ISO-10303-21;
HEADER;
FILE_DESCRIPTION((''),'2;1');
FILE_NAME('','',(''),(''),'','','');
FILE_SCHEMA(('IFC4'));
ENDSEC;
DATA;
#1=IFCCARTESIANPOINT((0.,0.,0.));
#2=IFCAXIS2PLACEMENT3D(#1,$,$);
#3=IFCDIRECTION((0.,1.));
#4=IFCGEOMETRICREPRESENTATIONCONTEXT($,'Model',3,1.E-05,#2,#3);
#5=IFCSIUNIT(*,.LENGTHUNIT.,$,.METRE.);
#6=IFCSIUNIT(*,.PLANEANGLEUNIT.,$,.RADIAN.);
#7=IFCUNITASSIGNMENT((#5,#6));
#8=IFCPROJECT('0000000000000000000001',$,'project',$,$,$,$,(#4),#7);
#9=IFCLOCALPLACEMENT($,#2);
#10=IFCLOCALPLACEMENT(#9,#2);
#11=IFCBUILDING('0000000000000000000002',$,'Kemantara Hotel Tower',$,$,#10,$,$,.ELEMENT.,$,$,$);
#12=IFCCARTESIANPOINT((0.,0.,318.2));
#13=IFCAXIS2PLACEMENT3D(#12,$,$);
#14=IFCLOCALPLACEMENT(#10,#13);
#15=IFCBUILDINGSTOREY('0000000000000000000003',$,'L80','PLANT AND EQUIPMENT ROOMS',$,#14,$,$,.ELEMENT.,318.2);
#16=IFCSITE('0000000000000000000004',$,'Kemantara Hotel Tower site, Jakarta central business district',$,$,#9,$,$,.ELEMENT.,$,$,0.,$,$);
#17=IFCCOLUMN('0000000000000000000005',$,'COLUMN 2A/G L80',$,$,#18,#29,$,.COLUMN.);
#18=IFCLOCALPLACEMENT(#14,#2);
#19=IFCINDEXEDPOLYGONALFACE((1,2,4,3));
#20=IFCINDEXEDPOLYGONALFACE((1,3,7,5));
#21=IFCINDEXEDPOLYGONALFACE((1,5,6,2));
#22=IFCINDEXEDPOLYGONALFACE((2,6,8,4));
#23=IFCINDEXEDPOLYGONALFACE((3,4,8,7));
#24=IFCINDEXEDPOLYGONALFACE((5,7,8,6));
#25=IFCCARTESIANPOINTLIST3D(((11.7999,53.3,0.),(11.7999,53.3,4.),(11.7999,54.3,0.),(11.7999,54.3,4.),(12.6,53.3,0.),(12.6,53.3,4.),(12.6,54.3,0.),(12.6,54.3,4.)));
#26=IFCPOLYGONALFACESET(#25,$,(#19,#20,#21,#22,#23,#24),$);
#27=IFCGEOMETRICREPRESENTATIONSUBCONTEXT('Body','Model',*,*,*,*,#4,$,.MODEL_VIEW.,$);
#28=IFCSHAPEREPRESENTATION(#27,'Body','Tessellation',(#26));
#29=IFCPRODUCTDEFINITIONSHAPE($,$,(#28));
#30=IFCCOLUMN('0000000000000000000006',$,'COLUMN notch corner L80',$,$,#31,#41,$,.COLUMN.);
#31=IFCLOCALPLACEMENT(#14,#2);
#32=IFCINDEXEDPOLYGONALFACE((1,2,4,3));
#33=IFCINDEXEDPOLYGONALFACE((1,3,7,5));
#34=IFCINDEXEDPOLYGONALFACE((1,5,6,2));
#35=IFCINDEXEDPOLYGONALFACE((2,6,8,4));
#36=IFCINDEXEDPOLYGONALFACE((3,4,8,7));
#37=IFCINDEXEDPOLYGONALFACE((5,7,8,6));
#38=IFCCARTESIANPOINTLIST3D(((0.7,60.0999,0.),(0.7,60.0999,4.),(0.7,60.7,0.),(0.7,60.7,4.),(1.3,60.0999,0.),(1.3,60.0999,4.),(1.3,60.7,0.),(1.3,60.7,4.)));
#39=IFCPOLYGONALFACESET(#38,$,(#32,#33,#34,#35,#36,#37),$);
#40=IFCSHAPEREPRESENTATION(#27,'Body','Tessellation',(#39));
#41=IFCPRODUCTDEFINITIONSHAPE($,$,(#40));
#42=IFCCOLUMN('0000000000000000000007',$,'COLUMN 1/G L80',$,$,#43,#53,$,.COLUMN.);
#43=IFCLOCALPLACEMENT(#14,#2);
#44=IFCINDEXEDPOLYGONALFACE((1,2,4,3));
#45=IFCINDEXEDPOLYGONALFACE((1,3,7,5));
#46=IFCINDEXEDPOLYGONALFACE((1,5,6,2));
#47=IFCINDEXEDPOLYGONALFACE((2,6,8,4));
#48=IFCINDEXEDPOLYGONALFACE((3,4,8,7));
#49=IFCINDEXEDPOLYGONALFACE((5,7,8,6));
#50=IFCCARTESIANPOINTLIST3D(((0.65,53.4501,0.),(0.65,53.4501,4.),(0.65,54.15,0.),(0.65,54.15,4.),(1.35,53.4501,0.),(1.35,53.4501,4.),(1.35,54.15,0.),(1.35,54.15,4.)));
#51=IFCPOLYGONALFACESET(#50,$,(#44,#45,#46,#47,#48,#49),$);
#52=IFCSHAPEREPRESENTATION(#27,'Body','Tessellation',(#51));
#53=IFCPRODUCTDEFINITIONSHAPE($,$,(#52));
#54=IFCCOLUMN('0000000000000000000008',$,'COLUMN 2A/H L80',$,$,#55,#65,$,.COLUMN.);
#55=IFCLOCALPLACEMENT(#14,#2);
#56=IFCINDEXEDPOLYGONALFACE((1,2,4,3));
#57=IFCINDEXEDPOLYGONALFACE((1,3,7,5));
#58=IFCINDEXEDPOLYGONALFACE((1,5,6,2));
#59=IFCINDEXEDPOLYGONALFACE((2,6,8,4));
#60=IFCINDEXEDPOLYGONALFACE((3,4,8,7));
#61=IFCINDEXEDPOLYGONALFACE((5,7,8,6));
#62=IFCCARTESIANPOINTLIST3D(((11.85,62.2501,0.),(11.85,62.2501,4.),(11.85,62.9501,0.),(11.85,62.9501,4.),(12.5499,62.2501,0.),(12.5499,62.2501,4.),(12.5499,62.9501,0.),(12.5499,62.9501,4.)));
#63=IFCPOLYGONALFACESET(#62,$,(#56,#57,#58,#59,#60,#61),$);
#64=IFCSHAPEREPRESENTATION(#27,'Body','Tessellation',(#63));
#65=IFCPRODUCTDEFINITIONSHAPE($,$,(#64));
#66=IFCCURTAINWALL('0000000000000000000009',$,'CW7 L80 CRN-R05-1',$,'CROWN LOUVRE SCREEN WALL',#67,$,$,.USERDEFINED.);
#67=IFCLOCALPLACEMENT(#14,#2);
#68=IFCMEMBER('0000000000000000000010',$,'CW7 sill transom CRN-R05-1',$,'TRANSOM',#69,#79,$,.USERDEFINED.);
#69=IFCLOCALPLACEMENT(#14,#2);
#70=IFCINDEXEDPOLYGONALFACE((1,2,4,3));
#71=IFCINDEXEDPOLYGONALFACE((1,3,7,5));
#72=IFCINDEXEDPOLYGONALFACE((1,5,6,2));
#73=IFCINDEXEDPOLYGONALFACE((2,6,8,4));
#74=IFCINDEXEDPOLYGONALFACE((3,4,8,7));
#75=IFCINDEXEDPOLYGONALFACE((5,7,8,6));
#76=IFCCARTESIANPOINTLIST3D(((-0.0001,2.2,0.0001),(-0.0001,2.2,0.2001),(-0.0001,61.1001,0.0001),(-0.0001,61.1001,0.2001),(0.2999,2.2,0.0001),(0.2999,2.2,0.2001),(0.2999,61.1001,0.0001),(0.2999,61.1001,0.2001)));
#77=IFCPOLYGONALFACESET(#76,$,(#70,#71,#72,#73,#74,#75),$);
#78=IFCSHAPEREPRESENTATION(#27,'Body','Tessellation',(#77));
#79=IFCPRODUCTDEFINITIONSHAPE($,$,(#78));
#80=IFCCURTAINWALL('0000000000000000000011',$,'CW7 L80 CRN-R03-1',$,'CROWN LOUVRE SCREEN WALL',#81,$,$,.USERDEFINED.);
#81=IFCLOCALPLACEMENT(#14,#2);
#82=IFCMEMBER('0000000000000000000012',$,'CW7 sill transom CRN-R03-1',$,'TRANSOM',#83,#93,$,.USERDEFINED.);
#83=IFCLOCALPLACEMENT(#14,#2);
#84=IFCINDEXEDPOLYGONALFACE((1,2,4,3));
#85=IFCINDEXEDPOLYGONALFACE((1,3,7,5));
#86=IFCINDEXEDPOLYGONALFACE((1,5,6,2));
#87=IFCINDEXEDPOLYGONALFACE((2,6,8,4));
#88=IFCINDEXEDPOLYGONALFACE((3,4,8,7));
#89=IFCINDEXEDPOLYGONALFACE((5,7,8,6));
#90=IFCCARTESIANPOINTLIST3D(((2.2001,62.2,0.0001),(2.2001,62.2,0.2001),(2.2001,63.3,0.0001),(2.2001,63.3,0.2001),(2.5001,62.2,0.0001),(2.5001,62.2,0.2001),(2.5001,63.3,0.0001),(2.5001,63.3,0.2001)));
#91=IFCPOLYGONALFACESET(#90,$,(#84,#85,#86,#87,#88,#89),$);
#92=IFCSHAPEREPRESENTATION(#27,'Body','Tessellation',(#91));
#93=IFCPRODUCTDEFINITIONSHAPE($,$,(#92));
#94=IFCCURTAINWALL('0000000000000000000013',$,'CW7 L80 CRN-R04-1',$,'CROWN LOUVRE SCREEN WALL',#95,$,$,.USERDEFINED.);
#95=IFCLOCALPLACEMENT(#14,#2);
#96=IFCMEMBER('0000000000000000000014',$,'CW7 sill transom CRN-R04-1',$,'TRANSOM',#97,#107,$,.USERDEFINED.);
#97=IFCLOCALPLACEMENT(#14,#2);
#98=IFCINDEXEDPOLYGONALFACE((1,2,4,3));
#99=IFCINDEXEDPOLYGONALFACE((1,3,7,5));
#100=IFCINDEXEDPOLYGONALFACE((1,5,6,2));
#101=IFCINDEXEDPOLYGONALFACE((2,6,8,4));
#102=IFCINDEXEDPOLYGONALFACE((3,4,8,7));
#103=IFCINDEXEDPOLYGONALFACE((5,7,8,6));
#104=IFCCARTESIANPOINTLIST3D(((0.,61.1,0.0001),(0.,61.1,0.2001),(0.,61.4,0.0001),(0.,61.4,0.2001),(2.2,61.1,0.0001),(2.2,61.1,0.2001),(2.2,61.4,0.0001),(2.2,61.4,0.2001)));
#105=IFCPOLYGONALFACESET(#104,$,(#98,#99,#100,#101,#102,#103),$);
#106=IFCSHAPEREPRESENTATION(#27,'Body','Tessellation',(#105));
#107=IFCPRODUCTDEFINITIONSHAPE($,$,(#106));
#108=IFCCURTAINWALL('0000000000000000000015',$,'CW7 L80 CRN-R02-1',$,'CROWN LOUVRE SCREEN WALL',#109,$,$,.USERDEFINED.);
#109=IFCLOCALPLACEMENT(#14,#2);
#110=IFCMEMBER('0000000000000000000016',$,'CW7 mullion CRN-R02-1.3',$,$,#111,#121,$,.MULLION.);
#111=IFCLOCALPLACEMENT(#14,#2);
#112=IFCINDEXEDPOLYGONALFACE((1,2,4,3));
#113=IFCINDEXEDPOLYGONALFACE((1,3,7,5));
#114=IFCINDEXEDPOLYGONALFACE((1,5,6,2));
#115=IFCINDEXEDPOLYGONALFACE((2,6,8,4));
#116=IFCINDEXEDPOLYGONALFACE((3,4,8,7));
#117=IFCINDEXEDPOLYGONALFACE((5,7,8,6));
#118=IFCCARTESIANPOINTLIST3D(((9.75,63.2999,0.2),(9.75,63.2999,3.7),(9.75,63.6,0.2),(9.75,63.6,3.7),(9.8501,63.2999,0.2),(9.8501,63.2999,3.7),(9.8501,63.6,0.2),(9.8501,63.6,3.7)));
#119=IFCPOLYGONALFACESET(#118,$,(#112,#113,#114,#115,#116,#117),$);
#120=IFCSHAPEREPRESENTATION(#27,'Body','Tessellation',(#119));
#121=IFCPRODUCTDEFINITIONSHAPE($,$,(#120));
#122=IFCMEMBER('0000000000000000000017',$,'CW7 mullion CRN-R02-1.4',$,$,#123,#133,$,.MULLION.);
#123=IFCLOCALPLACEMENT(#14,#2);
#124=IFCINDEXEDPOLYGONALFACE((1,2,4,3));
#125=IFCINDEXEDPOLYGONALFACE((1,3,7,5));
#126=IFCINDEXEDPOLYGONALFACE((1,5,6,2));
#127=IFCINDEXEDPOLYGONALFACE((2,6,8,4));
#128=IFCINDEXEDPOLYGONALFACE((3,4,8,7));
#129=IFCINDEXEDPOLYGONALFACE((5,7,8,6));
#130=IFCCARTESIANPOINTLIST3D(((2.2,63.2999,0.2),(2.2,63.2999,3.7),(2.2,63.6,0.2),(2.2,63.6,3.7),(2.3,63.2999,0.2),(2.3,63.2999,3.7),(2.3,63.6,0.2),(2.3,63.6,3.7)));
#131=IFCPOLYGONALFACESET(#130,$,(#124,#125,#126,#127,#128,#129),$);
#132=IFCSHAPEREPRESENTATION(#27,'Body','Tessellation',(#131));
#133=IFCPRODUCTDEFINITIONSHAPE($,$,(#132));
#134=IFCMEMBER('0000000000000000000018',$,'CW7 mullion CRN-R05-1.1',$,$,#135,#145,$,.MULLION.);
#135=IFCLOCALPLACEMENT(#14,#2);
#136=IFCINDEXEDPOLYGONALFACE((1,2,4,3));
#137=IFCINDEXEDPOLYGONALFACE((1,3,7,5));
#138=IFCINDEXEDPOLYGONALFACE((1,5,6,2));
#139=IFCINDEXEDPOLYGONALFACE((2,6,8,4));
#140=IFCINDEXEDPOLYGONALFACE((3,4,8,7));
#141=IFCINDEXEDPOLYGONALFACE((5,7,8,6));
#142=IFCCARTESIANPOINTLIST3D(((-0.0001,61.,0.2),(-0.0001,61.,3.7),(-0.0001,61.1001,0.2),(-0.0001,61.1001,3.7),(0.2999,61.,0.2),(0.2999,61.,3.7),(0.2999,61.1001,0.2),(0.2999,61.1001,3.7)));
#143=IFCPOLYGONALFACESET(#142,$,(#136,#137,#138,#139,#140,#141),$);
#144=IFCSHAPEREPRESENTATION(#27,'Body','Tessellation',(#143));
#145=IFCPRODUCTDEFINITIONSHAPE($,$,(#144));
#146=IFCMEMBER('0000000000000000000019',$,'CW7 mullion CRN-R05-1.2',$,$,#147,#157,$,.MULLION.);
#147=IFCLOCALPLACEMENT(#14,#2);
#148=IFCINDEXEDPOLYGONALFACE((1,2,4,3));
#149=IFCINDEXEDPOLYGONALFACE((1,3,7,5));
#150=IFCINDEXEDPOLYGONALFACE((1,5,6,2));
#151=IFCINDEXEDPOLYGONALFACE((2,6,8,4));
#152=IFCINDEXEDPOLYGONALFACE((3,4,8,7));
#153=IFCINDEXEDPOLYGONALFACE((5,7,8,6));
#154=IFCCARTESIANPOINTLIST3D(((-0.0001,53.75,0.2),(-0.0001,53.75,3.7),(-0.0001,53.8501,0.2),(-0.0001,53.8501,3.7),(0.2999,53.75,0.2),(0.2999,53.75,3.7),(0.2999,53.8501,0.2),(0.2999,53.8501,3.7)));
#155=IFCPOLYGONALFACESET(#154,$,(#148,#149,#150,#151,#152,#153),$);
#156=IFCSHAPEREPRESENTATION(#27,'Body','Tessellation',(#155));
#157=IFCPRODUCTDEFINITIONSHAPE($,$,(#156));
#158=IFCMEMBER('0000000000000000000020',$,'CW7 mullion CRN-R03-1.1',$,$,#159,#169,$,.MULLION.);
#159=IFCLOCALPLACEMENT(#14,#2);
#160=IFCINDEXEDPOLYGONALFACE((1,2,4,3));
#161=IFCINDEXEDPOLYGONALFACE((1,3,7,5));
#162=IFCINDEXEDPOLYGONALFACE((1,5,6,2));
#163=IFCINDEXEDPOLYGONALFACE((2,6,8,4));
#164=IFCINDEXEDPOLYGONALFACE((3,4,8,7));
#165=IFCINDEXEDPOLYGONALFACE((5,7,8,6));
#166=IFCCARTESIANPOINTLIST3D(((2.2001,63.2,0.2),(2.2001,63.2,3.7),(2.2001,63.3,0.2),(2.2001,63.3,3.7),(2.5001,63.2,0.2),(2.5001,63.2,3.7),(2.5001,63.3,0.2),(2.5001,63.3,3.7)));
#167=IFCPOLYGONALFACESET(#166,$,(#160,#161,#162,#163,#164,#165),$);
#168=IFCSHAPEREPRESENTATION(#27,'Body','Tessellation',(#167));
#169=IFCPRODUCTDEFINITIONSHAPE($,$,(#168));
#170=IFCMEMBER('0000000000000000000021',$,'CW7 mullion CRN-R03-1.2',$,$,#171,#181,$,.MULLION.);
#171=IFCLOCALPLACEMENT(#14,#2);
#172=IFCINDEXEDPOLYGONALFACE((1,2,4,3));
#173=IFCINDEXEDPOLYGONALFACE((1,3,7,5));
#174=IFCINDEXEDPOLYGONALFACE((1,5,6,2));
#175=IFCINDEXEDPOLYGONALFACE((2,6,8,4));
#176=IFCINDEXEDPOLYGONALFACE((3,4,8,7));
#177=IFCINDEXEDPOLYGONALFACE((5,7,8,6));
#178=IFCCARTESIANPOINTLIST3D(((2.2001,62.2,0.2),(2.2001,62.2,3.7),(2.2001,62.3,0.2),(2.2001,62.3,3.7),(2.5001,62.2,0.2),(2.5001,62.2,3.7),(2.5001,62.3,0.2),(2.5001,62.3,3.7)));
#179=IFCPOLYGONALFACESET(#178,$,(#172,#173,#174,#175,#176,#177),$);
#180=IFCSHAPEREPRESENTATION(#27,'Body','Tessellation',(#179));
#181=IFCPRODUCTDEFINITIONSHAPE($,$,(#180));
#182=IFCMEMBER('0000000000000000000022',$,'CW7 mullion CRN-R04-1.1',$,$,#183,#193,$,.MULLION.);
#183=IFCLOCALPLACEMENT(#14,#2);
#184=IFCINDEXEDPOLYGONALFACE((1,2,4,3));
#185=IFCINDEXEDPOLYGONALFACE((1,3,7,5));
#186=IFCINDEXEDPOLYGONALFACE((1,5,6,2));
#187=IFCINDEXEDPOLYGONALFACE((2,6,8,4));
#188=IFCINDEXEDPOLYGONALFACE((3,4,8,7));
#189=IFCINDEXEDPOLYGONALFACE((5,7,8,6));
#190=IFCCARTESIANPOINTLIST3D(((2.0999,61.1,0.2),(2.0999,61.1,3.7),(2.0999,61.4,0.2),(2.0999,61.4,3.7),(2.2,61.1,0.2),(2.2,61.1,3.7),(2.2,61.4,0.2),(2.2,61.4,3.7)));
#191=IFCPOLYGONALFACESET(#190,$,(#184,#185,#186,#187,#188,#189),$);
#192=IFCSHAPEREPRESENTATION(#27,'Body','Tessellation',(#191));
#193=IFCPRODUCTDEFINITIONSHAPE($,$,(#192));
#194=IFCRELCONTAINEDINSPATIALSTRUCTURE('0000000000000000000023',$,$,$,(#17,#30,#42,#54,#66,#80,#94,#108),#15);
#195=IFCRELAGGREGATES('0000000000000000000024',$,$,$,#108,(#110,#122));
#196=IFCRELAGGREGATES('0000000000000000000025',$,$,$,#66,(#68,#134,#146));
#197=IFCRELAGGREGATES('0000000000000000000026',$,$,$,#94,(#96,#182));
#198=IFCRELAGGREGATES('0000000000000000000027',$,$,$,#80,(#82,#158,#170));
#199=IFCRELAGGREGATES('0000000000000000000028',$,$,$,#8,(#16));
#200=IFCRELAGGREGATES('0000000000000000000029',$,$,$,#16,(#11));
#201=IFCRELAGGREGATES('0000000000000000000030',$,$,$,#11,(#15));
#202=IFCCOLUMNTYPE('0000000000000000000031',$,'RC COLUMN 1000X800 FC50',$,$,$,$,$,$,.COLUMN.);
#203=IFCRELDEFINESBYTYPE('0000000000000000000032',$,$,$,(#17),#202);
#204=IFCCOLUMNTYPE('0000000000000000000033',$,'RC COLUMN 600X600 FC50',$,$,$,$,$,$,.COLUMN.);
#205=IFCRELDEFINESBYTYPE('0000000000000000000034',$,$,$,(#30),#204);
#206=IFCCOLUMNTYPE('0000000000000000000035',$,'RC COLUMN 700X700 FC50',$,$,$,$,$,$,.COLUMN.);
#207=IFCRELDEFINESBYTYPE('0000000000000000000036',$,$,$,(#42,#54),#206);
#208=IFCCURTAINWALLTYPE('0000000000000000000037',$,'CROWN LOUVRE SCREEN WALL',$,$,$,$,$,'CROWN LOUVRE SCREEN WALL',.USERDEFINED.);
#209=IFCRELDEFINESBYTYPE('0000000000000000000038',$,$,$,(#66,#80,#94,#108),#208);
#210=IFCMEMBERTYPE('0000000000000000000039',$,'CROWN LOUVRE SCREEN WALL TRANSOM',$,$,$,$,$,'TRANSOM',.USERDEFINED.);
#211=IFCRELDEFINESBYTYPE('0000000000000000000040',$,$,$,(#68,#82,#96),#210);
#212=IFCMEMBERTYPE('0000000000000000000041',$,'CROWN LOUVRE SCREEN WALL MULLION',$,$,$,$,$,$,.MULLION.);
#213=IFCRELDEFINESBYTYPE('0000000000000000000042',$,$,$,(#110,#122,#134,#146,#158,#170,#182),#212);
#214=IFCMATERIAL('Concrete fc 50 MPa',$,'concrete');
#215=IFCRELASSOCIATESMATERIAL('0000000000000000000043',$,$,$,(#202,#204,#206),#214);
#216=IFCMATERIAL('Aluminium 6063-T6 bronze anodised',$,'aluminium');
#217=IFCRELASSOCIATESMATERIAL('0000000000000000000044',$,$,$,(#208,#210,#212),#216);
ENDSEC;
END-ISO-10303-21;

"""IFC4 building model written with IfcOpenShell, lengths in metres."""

from ifc_helpers import new_model, si_unit, direction, frame, origin, origin_2d, place, context, subcontext, project, spatial, rectangle, extrude, source, transform, mapped, material, material_profile, profile_set, type_object, element, aggregate, save


model = new_model("IFC4")

# Units and contexts
model_context = context("Model", 3, precision=1e-05, world=origin(), true_north=direction((0.0, 1.0)))
body_context = subcontext(model_context, "Body", "Model", "MODEL_VIEW")
ifc_project = project(units=[si_unit("LENGTHUNIT", "METRE"), si_unit("PLANEANGLEUNIT", "RADIAN")], contexts=[model_context])

# Site, building, storey
site_placement = place(None, origin())
site = spatial("IfcSite", under=ifc_project, at=site_placement, Name="Kemantara Hotel Tower site, Jakarta central business district", CompositionType="ELEMENT", RefElevation=0.0)
building_placement = place(site_placement, origin())
building = spatial("IfcBuilding", under=site, at=building_placement, Name="Kemantara Hotel Tower", CompositionType="ELEMENT")
storey_placement = place(building_placement, frame((0.0, 0.0, 318.2)))
storey = spatial("IfcBuildingStorey", under=building, at=storey_placement, Name="L80", Description="PLANT AND EQUIPMENT ROOMS", CompositionType="ELEMENT", Elevation=318.2)

# Columns
ifc_material_1 = material(Name="Concrete fc 50 MPa", Category="concrete")
ifc_material_profile_1 = material_profile(ifc_material_1, rectangle(XDim=1.0, YDim=0.8, at=origin_2d()), Name="RC 1000X800")
ifc_profile_set_1 = profile_set([ifc_material_profile_1], Name="Concrete fc 50 MPa")
column_type_1 = type_object("IfcColumnType", Name="RC COLUMN 1000X800 FC50", PredefinedType="COLUMN", material=ifc_profile_set_1)
column_1_placement = place(storey_placement, frame((12.2, 53.8, 0.0), z_axis=(0.0, 0.0, 1.0), x_axis=(0.0, 1.0, 0.0)))
element("IfcColumn", 1, at=column_1_placement, inside=storey, type_object=column_type_1, Name="COLUMN 2A/G L80", PredefinedType="COLUMN", context=body_context, shape_type="SweptSolid", body=[
    extrude(rectangle(XDim=1.0, YDim=0.8, at=origin_2d()), origin(), (0.0, 0.0, 1.0), 4.0),
])
ifc_material_profile_2 = material_profile(ifc_material_1, rectangle(XDim=0.6001, YDim=0.6001, at=origin_2d()), Name="RC 600X600")
ifc_profile_set_2 = profile_set([ifc_material_profile_2], Name="Concrete fc 50 MPa")
column_type_2 = type_object("IfcColumnType", Name="RC COLUMN 600X600 FC50", PredefinedType="COLUMN", material=ifc_profile_set_2)
column_2_placement = place(storey_placement, frame((1.0, 60.3999, 0.0), z_axis=(0.0, 0.0, 1.0), x_axis=(1.0, 0.0, 0.0)))
element("IfcColumn", 2, at=column_2_placement, inside=storey, type_object=column_type_2, Name="COLUMN notch corner L80", PredefinedType="COLUMN", context=body_context, shape_type="SweptSolid", body=[
    extrude(rectangle(XDim=0.6001, YDim=0.6001, at=origin_2d()), origin(), (0.0, 0.0, 1.0), 4.0),
])
ifc_material_profile_3 = material_profile(ifc_material_1, rectangle(XDim=0.7, YDim=0.7, at=origin_2d()), Name="RC 700X700")
ifc_profile_set_3 = profile_set([ifc_material_profile_3], Name="Concrete fc 50 MPa")
column_type_3 = type_object("IfcColumnType", Name="RC COLUMN 700X700 FC50", PredefinedType="COLUMN", material=ifc_profile_set_3)
for number, where, z_axis, x_axis, name in (
    (3, (1.0, 53.8, 0.0), (0.0, 0.0, 1.0), (1.0, 0.0, 0.0), "COLUMN 1/G L80"),
    (4, (12.2, 62.6001, 0.0), (0.0, 0.0, 1.0), (1.0, 0.0, 0.0), "COLUMN 2A/H L80"),
):
    element("IfcColumn", number, at=place(storey_placement, frame(where, z_axis=z_axis, x_axis=x_axis)), inside=storey, type_object=column_type_3, Name=name, PredefinedType="COLUMN", context=body_context, shape_type="SweptSolid", body=[
        extrude(rectangle(XDim=0.7, YDim=0.7, at=origin_2d()), origin(), (0.0, 0.0, 1.0), 4.0),
    ])

# Curtain walls, members
ifc_material_2 = material(Name="Aluminium 6063-T6 bronze anodised", Category="aluminium")
curtain_wall_type = type_object("IfcCurtainWallType", Name="CROWN LOUVRE SCREEN WALL", ElementType="CROWN LOUVRE SCREEN WALL", PredefinedType="USERDEFINED", material=ifc_material_2)
curtain_wall_1_placement = place(storey_placement, origin())
curtain_wall_1 = element("IfcCurtainWall", 5, at=curtain_wall_1_placement, inside=storey, type_object=curtain_wall_type, Name="CW7 L80 CRN-R05-1", ObjectType="CROWN LOUVRE SCREEN WALL", PredefinedType="USERDEFINED")
ifc_material_profile_4 = material_profile(ifc_material_2, rectangle(XDim=0.3, YDim=0.2, at=origin_2d()), Name="CROWN LOUVRE SCREEN WALL TRANSOM")
ifc_profile_set_4 = profile_set([ifc_material_profile_4], Name="Aluminium 6063-T6 bronze anodised")
member_type_1 = type_object("IfcMemberType", Name="CROWN LOUVRE SCREEN WALL TRANSOM", ElementType="TRANSOM", PredefinedType="USERDEFINED", material=ifc_profile_set_4)
member_1_placement = place(storey_placement, frame((0.1499, 61.1001, 0.1001), z_axis=(0.0, -1.0, 0.0), x_axis=(1.0, 0.0, 0.0)))
member_1 = element("IfcMember", 6, at=member_1_placement, type_object=member_type_1, Name="CW7 sill transom CRN-R05-1", ObjectType="TRANSOM", PredefinedType="USERDEFINED", context=body_context, shape_type="SweptSolid", body=[
    extrude(rectangle(XDim=0.3, YDim=0.2, at=origin_2d()), origin(), (0.0, 0.0, 1.0), 58.9001),
])
curtain_wall_2_placement = place(storey_placement, origin())
curtain_wall_2 = element("IfcCurtainWall", 7, at=curtain_wall_2_placement, inside=storey, type_object=curtain_wall_type, Name="CW7 L80 CRN-R03-1", ObjectType="CROWN LOUVRE SCREEN WALL", PredefinedType="USERDEFINED")
member_2_placement = place(storey_placement, frame((2.3501, 63.3, 0.1001), z_axis=(0.0, -1.0, 0.0), x_axis=(1.0, 0.0, 0.0)))
member_2 = element("IfcMember", 8, at=member_2_placement, type_object=member_type_1, Name="CW7 sill transom CRN-R03-1", ObjectType="TRANSOM", PredefinedType="USERDEFINED", context=body_context, shape_type="SweptSolid", body=[
    extrude(rectangle(XDim=0.3, YDim=0.2, at=origin_2d()), origin(), (0.0, 0.0, 1.0), 1.1001),
])
curtain_wall_3_placement = place(storey_placement, origin())
curtain_wall_3 = element("IfcCurtainWall", 9, at=curtain_wall_3_placement, inside=storey, type_object=curtain_wall_type, Name="CW7 L80 CRN-R04-1", ObjectType="CROWN LOUVRE SCREEN WALL", PredefinedType="USERDEFINED")
member_3_placement = place(storey_placement, frame((2.2, 61.25, 0.1001), z_axis=(-1.0, 0.0, 0.0), x_axis=(0.0, -1.0, 0.0)))
member_3 = element("IfcMember", 10, at=member_3_placement, type_object=member_type_1, Name="CW7 sill transom CRN-R04-1", ObjectType="TRANSOM", PredefinedType="USERDEFINED", context=body_context, shape_type="SweptSolid", body=[
    extrude(rectangle(XDim=0.3, YDim=0.2, at=origin_2d()), origin(), (0.0, 0.0, 1.0), 2.2),
])

# Curtain wall, members
curtain_wall_4_placement = place(storey_placement, origin())
curtain_wall_4 = element("IfcCurtainWall", 11, at=curtain_wall_4_placement, inside=storey, type_object=curtain_wall_type, Name="CW7 L80 CRN-R02-1", ObjectType="CROWN LOUVRE SCREEN WALL", PredefinedType="USERDEFINED")
ifc_material_profile_5 = material_profile(ifc_material_2, rectangle(XDim=0.3, YDim=0.1001, at=origin_2d()), Name="CROWN LOUVRE SCREEN WALL MULLION")
ifc_profile_set_5 = profile_set([ifc_material_profile_5], Name="Aluminium 6063-T6 bronze anodised")
member_type_2 = type_object("IfcMemberType", Name="CROWN LOUVRE SCREEN WALL MULLION", PredefinedType="MULLION", material=ifc_profile_set_5)
shared_shape_1 = source(origin(), body_context, "Body", "SweptSolid", [
    extrude(rectangle(XDim=0.3, YDim=0.1001, at=origin_2d()), origin(), (0.0, 0.0, 1.0), 3.5),
])
member_4_placement = place(storey_placement, frame((9.8, 63.45, 0.2), z_axis=(0.0, 0.0, 1.0), x_axis=(0.0, -1.0, 0.0)))
member_4 = element("IfcMember", 12, at=member_4_placement, type_object=member_type_2, Name="CW7 mullion CRN-R02-1.3", PredefinedType="MULLION", context=body_context, shape_type="MappedRepresentation", body=[
    mapped(shared_shape_1, transform((0.0, 0.0, 0.0))),
])
member_5_placement = place(storey_placement, frame((2.25, 63.45, 0.2), z_axis=(0.0, 0.0, 1.0), x_axis=(0.0, -1.0, 0.0)))
member_5 = element("IfcMember", 13, at=member_5_placement, type_object=member_type_2, Name="CW7 mullion CRN-R02-1.4", PredefinedType="MULLION", context=body_context, shape_type="MappedRepresentation", body=[
    mapped(shared_shape_1, transform((0.0, 0.0, 0.0))),
])

# Members
member_6_placement = place(storey_placement, frame((0.1499, 61.05, 0.2), z_axis=(0.0, 0.0, 1.0), x_axis=(1.0, 0.0, 0.0)))
member_6 = element("IfcMember", 14, at=member_6_placement, type_object=member_type_2, Name="CW7 mullion CRN-R05-1.1", PredefinedType="MULLION", context=body_context, shape_type="MappedRepresentation", body=[
    mapped(shared_shape_1, transform((0.0, 0.0, 0.0))),
])
member_7_placement = place(storey_placement, frame((0.1499, 53.8, 0.2), z_axis=(0.0, 0.0, 1.0), x_axis=(1.0, 0.0, 0.0)))
member_7 = element("IfcMember", 15, at=member_7_placement, type_object=member_type_2, Name="CW7 mullion CRN-R05-1.2", PredefinedType="MULLION", context=body_context, shape_type="MappedRepresentation", body=[
    mapped(shared_shape_1, transform((0.0, 0.0, 0.0))),
])
member_8_placement = place(storey_placement, frame((2.3501, 63.25, 0.2), z_axis=(0.0, 0.0, 1.0), x_axis=(1.0, 0.0, 0.0)))
member_8 = element("IfcMember", 16, at=member_8_placement, type_object=member_type_2, Name="CW7 mullion CRN-R03-1.1", PredefinedType="MULLION", context=body_context, shape_type="MappedRepresentation", body=[
    mapped(shared_shape_1, transform((0.0, 0.0, 0.0))),
])
member_9_placement = place(storey_placement, frame((2.3501, 62.25, 0.2), z_axis=(0.0, 0.0, 1.0), x_axis=(1.0, 0.0, 0.0)))
member_9 = element("IfcMember", 17, at=member_9_placement, type_object=member_type_2, Name="CW7 mullion CRN-R03-1.2", PredefinedType="MULLION", context=body_context, shape_type="MappedRepresentation", body=[
    mapped(shared_shape_1, transform((0.0, 0.0, 0.0))),
])
member_10_placement = place(storey_placement, frame((2.1499, 61.25, 0.2), z_axis=(0.0, 0.0, 1.0), x_axis=(0.0, -1.0, 0.0)))
member_10 = element("IfcMember", 18, at=member_10_placement, type_object=member_type_2, Name="CW7 mullion CRN-R04-1.1", PredefinedType="MULLION", context=body_context, shape_type="MappedRepresentation", body=[
    mapped(shared_shape_1, transform((0.0, 0.0, 0.0))),
])

aggregate(curtain_wall_4, [member_4, member_5])
aggregate(curtain_wall_1, [member_1, member_6, member_7])
aggregate(curtain_wall_3, [member_3, member_10])
aggregate(curtain_wall_2, [member_2, member_8, member_9])

save(model, "model.ifc")
